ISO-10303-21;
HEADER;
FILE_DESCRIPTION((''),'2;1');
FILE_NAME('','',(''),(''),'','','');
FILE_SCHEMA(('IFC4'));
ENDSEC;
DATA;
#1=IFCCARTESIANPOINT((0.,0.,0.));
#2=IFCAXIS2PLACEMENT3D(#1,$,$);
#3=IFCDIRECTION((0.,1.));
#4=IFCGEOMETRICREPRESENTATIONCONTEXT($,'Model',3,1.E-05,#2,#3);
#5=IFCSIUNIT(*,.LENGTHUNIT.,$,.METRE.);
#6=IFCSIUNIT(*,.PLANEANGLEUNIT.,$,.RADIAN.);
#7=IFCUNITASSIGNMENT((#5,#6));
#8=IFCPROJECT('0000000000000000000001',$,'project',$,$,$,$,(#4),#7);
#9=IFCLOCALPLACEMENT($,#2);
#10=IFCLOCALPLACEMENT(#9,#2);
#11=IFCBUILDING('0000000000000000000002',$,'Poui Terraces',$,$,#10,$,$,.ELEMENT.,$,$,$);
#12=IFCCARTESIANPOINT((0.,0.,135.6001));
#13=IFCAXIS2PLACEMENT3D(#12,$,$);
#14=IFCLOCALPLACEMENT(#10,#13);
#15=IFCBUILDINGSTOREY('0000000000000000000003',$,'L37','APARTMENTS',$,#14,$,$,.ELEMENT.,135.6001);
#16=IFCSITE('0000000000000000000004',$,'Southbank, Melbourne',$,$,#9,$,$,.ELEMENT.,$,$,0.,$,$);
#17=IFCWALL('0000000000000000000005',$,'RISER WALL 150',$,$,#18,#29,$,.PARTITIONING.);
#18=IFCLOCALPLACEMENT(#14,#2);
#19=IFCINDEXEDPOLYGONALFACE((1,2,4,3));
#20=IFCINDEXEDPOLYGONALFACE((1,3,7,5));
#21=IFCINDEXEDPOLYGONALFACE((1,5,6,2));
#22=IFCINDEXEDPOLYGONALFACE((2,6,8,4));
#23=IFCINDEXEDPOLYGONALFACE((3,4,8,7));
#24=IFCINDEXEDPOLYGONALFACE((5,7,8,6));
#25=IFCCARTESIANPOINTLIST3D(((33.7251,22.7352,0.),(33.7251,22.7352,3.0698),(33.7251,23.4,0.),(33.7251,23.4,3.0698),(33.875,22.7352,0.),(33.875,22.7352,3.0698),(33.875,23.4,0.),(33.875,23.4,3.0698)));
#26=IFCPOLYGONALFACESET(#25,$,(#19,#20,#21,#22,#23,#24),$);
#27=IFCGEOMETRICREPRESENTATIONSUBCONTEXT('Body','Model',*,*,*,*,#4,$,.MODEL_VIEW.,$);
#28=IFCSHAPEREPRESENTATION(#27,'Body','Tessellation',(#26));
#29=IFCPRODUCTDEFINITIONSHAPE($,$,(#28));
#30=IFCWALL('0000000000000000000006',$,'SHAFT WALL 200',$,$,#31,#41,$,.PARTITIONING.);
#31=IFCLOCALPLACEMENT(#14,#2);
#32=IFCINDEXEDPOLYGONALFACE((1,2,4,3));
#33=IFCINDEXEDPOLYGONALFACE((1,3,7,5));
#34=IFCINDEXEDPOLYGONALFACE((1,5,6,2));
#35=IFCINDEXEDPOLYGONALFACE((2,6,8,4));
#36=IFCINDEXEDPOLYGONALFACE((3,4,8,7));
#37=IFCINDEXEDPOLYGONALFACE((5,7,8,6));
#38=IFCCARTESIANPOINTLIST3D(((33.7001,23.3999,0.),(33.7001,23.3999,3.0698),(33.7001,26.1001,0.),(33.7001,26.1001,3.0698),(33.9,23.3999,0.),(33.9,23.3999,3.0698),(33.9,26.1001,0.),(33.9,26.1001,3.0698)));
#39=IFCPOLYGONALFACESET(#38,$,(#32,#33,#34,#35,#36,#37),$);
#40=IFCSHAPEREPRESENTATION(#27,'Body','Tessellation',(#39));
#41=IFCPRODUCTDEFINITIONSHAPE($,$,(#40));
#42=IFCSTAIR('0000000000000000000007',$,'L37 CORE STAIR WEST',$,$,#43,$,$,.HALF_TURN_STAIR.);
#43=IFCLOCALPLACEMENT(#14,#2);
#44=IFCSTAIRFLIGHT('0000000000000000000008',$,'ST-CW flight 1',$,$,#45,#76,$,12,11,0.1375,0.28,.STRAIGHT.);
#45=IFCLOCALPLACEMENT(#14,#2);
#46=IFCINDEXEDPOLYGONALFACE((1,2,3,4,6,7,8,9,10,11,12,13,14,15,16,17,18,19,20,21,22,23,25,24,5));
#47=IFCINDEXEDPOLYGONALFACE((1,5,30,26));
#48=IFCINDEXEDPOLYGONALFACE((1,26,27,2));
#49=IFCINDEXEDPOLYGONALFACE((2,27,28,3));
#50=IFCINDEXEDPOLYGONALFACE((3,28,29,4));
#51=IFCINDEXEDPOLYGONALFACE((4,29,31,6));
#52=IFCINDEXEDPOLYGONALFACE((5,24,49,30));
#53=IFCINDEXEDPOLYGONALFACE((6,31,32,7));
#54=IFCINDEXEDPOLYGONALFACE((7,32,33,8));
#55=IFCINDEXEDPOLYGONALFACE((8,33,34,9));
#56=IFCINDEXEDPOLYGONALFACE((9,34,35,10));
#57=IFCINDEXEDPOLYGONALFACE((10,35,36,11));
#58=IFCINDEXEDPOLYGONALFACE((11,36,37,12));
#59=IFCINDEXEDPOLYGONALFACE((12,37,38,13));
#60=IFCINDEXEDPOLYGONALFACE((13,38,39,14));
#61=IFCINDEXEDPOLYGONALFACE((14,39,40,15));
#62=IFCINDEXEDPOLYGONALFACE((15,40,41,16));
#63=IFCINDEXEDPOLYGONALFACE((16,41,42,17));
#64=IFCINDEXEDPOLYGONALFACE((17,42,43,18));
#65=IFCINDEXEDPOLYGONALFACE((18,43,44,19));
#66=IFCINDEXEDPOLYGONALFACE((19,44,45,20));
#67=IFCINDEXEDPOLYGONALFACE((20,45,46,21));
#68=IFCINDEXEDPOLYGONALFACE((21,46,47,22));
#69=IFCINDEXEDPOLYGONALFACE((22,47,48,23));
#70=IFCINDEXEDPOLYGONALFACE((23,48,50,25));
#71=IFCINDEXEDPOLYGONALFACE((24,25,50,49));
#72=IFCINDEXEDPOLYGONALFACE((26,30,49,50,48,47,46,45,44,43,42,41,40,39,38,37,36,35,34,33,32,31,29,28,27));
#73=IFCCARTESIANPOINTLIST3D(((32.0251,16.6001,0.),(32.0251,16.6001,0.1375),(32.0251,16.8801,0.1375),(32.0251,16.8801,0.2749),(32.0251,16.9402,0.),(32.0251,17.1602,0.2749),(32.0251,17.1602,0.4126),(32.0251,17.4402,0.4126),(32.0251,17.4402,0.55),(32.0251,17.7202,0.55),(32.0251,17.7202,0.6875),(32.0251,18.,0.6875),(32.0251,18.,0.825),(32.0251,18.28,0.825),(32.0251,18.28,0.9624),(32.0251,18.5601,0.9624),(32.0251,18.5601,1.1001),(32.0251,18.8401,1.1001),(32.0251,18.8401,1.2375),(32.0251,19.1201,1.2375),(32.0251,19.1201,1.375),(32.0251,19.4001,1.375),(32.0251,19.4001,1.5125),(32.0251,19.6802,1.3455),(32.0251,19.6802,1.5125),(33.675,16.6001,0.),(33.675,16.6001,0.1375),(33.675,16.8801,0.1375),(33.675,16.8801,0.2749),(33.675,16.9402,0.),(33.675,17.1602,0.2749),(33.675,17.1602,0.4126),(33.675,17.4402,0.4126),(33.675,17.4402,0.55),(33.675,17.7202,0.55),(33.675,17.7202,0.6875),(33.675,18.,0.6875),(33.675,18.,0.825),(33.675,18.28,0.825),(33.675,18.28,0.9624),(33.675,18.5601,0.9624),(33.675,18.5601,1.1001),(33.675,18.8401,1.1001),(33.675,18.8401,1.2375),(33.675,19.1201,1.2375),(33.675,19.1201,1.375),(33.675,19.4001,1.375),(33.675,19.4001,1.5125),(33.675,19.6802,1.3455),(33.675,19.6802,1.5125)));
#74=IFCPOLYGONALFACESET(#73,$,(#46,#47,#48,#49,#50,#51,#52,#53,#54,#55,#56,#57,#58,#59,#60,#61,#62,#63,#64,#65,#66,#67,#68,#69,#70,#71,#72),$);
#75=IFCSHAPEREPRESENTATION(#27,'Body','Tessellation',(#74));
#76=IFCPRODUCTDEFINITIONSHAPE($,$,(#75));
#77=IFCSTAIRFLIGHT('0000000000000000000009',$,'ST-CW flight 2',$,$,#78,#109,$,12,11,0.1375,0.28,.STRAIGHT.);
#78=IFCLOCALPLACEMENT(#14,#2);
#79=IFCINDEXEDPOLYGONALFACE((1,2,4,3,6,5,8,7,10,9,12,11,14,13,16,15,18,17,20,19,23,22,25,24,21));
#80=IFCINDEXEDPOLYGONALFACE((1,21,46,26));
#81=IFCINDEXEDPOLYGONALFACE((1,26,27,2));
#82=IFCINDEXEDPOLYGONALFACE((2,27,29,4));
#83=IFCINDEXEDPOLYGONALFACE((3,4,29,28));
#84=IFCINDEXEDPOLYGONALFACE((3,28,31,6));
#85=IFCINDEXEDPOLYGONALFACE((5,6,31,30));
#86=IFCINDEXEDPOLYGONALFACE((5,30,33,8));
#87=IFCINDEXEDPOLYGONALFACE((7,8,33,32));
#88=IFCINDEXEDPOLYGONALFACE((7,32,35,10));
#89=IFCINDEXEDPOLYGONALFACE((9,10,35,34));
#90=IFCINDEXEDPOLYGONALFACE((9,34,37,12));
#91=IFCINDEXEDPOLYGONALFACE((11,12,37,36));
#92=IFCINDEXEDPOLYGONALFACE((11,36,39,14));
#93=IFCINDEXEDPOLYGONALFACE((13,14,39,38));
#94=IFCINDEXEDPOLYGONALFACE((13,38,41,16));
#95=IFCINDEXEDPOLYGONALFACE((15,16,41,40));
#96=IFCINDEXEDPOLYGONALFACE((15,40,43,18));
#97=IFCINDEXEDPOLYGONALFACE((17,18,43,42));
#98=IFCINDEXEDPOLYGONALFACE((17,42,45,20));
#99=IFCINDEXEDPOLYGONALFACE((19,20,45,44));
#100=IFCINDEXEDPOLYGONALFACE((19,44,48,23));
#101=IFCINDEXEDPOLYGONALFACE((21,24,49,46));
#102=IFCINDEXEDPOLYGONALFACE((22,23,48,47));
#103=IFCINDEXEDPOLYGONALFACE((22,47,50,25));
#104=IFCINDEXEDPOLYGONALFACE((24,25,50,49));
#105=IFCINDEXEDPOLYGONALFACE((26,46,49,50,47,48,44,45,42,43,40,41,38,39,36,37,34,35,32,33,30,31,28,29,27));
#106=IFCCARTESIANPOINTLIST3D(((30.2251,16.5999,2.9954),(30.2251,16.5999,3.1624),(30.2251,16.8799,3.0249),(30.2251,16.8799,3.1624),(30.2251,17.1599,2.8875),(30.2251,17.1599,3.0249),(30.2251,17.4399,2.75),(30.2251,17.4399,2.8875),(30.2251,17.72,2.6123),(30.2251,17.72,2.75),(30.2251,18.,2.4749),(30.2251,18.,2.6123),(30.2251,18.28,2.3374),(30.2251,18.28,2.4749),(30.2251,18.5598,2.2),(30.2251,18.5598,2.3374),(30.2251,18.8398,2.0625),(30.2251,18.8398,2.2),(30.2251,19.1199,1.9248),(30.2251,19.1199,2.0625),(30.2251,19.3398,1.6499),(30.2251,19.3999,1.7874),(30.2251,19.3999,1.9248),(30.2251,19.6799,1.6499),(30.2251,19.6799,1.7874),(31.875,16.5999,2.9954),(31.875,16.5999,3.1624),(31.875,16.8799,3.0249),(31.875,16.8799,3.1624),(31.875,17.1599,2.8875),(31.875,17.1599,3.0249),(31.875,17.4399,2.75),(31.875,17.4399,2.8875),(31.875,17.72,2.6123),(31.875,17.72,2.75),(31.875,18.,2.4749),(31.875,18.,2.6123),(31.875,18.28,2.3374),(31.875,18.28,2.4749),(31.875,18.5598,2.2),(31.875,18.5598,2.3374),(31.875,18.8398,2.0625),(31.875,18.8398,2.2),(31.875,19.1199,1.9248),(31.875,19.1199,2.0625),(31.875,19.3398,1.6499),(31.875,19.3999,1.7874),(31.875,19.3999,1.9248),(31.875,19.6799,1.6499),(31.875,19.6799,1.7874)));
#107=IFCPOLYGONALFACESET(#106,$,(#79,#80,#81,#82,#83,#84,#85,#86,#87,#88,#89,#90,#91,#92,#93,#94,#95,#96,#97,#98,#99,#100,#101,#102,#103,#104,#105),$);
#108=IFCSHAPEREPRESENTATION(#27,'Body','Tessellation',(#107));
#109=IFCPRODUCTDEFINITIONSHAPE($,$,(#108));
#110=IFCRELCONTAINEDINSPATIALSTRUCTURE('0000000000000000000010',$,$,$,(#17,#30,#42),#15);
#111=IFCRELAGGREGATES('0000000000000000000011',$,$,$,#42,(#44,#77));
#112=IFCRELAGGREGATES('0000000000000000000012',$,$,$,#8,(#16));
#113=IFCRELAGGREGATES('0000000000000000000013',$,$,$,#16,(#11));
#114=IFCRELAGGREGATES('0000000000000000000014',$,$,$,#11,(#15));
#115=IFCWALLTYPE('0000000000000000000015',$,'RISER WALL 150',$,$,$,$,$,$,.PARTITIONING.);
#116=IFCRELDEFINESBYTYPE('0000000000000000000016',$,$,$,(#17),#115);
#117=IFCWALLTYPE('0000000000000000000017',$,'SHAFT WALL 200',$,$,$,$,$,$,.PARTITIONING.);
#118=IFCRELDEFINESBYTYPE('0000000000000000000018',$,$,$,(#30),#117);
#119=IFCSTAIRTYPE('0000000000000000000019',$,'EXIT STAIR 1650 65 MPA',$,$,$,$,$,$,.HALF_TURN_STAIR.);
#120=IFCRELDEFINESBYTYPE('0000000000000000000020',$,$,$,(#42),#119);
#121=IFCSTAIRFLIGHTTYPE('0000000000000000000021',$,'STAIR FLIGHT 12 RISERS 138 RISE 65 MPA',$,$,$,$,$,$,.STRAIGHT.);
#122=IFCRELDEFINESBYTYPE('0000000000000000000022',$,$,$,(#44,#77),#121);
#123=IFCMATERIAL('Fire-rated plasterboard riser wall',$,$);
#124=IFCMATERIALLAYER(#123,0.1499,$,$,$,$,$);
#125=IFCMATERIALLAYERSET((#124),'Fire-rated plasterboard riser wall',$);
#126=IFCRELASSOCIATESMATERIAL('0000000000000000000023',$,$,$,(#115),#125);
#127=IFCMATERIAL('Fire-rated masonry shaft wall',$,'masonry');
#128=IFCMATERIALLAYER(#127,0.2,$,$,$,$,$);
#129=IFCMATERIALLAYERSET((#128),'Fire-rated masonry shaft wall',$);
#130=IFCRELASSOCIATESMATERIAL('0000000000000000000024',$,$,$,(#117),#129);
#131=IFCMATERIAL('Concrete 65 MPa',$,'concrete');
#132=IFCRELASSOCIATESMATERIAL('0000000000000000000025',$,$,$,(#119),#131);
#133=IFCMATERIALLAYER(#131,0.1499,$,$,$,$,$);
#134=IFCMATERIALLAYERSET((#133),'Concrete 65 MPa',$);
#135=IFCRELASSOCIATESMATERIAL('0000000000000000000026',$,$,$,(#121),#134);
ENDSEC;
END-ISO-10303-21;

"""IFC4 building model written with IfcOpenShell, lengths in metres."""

from ifc_helpers import new_model, si_unit, direction, frame, frame_2d, origin, place, context, subcontext, project, spatial, polyline, rectangle, outline, extrude, material, layer, layer_set, type_object, element, aggregate, save


model = new_model("IFC4")

# Units and contexts
model_context = context("Model", 3, precision=1e-05, world=origin(), true_north=direction((0.0, 1.0)))
body_context = subcontext(model_context, "Body", "Model", "MODEL_VIEW")
ifc_project = project(units=[si_unit("LENGTHUNIT", "METRE"), si_unit("PLANEANGLEUNIT", "RADIAN")], contexts=[model_context])

# Site, building, storey
site_placement = place(None, origin())
site = spatial("IfcSite", under=ifc_project, at=site_placement, Name="Southbank, Melbourne", CompositionType="ELEMENT", RefElevation=0.0)
building_placement = place(site_placement, origin())
building = spatial("IfcBuilding", under=site, at=building_placement, Name="Poui Terraces", CompositionType="ELEMENT")
storey_placement = place(building_placement, frame((0.0, 0.0, 135.6001)))
storey = spatial("IfcBuildingStorey", under=building, at=storey_placement, Name="L37", Description="APARTMENTS", CompositionType="ELEMENT", Elevation=135.6001)

# Shared definitions
ifc_material_1 = material(Name="Concrete 65 MPa", Category="concrete")

# Walls
ifc_material_2 = material(Name="Fire-rated plasterboard riser wall")
ifc_layer_1 = layer(ifc_material_2, 0.1499)
ifc_layer_set_1 = layer_set([ifc_layer_1], Name="Fire-rated plasterboard riser wall")
wall_type_1 = type_object("IfcWallType", Name="RISER WALL 150", PredefinedType="PARTITIONING", material=ifc_layer_set_1)
wall_1_placement = place(storey_placement, frame((33.8, 22.7351, 0.0), z_axis=(0.0, 0.0, 1.0), x_axis=(0.0, 1.0, 0.0)))
element("IfcWall", 1, at=wall_1_placement, inside=storey, type_object=wall_type_1, Name="RISER WALL 150", PredefinedType="PARTITIONING", context=body_context, shape_type="SweptSolid", body=[
    extrude(rectangle(XDim=0.6648, YDim=0.1499, at=frame_2d((0.3325, 0.0))), origin(), (0.0, 0.0, 1.0), 3.0698),
])
ifc_material_3 = material(Name="Fire-rated masonry shaft wall", Category="masonry")
ifc_layer_2 = layer(ifc_material_3, 0.2)
ifc_layer_set_2 = layer_set([ifc_layer_2], Name="Fire-rated masonry shaft wall")
wall_type_2 = type_object("IfcWallType", Name="SHAFT WALL 200", PredefinedType="PARTITIONING", material=ifc_layer_set_2)
wall_2_placement = place(storey_placement, frame((33.8, 23.3999, 0.0), z_axis=(0.0, 0.0, 1.0), x_axis=(0.0, 1.0, 0.0)))
element("IfcWall", 2, at=wall_2_placement, inside=storey, type_object=wall_type_2, Name="SHAFT WALL 200", PredefinedType="PARTITIONING", context=body_context, shape_type="SweptSolid", body=[
    extrude(rectangle(XDim=2.7002, YDim=0.2, at=frame_2d((1.3501, 0.0))), origin(), (0.0, 0.0, 1.0), 3.0698),
])

# Stair, stair flights
stair_type = type_object("IfcStairType", Name="EXIT STAIR 1650 65 MPA", PredefinedType="HALF_TURN_STAIR", material=ifc_material_1)
stair_placement = place(storey_placement, origin())
stair = element("IfcStair", 3, at=stair_placement, inside=storey, type_object=stair_type, Name="L37 CORE STAIR WEST", PredefinedType="HALF_TURN_STAIR")
ifc_layer_3 = layer(ifc_material_1, 0.1499)
ifc_layer_set_3 = layer_set([ifc_layer_3], Name="Concrete 65 MPa")
stair_flight_type = type_object("IfcStairFlightType", Name="STAIR FLIGHT 12 RISERS 138 RISE 65 MPA", PredefinedType="STRAIGHT", material=ifc_layer_set_3)
stair_flight_1_placement = place(storey_placement, frame((32.8501, 16.6001, 0.0), z_axis=(0.0, 0.0, 1.0), x_axis=(0.0, 1.0, 0.0)))
stair_flight_1 = element("IfcStairFlight", 4, at=stair_flight_1_placement, type_object=stair_flight_type, Name="ST-CW flight 1", NumberOfRisers=12, NumberOfTreads=11, PredefinedType="STRAIGHT", RiserHeight=0.1375, TreadLength=0.28, context=body_context, shape_type="SweptSolid", body=[
    extrude(outline(polyline([(0.0, 0.0), (0.0, 0.1375), (0.28, 0.1375), (0.28, 0.2749), (0.5601, 0.2749), (0.5601, 0.4126), (0.8401, 0.4126), (0.8401, 0.55), (1.1201, 0.55), (1.1201, 0.6875), (1.3999, 0.6875), (1.3999, 0.825), (1.6799, 0.825), (1.6799, 0.9624), (1.96, 0.9624), (1.96, 1.1001), (2.24, 1.1001), (2.24, 1.2375), (2.52, 1.2375), (2.52, 1.375), (2.8, 1.375), (2.8, 1.5125), (3.0801, 1.5125), (3.0801, 1.6499), (3.0801, 1.3455), (0.3401, 0.0), (0.0, 0.0)])), frame((0.0, 0.825, 0.0), z_axis=(0.0, -1.0, 0.0), x_axis=(1.0, 0.0, 0.0)), (0.0, 0.0, 1.0), 1.6499),
])
stair_flight_2_placement = place(storey_placement, frame((31.05, 19.6799, 1.6499), z_axis=(0.0, 0.0, 1.0), x_axis=(0.0, -1.0, 0.0)))
stair_flight_2 = element("IfcStairFlight", 5, at=stair_flight_2_placement, type_object=stair_flight_type, Name="ST-CW flight 2", NumberOfRisers=12, NumberOfTreads=11, PredefinedType="STRAIGHT", RiserHeight=0.1375, TreadLength=0.28, context=body_context, shape_type="SweptSolid", body=[
    extrude(outline(polyline([(0.0, 0.0), (0.0, 0.1375), (0.28, 0.1375), (0.28, 0.2749), (0.5601, 0.2749), (0.5601, 0.4126), (0.8401, 0.4126), (0.8401, 0.55), (1.1201, 0.55), (1.1201, 0.6875), (1.3999, 0.6875), (1.3999, 0.825), (1.6799, 0.825), (1.6799, 0.9624), (1.96, 0.9624), (1.96, 1.1001), (2.24, 1.1001), (2.24, 1.2375), (2.52, 1.2375), (2.52, 1.375), (2.8, 1.375), (2.8, 1.5125), (3.0801, 1.5125), (3.0801, 1.6499), (3.0801, 1.3455), (0.3401, 0.0), (0.0, 0.0)])), frame((0.0, 0.825, 0.0), z_axis=(0.0, -1.0, 0.0), x_axis=(1.0, 0.0, 0.0)), (0.0, 0.0, 1.0), 1.6499),
])
aggregate(stair, [stair_flight_1, stair_flight_2])

save(model, "model.ifc")
